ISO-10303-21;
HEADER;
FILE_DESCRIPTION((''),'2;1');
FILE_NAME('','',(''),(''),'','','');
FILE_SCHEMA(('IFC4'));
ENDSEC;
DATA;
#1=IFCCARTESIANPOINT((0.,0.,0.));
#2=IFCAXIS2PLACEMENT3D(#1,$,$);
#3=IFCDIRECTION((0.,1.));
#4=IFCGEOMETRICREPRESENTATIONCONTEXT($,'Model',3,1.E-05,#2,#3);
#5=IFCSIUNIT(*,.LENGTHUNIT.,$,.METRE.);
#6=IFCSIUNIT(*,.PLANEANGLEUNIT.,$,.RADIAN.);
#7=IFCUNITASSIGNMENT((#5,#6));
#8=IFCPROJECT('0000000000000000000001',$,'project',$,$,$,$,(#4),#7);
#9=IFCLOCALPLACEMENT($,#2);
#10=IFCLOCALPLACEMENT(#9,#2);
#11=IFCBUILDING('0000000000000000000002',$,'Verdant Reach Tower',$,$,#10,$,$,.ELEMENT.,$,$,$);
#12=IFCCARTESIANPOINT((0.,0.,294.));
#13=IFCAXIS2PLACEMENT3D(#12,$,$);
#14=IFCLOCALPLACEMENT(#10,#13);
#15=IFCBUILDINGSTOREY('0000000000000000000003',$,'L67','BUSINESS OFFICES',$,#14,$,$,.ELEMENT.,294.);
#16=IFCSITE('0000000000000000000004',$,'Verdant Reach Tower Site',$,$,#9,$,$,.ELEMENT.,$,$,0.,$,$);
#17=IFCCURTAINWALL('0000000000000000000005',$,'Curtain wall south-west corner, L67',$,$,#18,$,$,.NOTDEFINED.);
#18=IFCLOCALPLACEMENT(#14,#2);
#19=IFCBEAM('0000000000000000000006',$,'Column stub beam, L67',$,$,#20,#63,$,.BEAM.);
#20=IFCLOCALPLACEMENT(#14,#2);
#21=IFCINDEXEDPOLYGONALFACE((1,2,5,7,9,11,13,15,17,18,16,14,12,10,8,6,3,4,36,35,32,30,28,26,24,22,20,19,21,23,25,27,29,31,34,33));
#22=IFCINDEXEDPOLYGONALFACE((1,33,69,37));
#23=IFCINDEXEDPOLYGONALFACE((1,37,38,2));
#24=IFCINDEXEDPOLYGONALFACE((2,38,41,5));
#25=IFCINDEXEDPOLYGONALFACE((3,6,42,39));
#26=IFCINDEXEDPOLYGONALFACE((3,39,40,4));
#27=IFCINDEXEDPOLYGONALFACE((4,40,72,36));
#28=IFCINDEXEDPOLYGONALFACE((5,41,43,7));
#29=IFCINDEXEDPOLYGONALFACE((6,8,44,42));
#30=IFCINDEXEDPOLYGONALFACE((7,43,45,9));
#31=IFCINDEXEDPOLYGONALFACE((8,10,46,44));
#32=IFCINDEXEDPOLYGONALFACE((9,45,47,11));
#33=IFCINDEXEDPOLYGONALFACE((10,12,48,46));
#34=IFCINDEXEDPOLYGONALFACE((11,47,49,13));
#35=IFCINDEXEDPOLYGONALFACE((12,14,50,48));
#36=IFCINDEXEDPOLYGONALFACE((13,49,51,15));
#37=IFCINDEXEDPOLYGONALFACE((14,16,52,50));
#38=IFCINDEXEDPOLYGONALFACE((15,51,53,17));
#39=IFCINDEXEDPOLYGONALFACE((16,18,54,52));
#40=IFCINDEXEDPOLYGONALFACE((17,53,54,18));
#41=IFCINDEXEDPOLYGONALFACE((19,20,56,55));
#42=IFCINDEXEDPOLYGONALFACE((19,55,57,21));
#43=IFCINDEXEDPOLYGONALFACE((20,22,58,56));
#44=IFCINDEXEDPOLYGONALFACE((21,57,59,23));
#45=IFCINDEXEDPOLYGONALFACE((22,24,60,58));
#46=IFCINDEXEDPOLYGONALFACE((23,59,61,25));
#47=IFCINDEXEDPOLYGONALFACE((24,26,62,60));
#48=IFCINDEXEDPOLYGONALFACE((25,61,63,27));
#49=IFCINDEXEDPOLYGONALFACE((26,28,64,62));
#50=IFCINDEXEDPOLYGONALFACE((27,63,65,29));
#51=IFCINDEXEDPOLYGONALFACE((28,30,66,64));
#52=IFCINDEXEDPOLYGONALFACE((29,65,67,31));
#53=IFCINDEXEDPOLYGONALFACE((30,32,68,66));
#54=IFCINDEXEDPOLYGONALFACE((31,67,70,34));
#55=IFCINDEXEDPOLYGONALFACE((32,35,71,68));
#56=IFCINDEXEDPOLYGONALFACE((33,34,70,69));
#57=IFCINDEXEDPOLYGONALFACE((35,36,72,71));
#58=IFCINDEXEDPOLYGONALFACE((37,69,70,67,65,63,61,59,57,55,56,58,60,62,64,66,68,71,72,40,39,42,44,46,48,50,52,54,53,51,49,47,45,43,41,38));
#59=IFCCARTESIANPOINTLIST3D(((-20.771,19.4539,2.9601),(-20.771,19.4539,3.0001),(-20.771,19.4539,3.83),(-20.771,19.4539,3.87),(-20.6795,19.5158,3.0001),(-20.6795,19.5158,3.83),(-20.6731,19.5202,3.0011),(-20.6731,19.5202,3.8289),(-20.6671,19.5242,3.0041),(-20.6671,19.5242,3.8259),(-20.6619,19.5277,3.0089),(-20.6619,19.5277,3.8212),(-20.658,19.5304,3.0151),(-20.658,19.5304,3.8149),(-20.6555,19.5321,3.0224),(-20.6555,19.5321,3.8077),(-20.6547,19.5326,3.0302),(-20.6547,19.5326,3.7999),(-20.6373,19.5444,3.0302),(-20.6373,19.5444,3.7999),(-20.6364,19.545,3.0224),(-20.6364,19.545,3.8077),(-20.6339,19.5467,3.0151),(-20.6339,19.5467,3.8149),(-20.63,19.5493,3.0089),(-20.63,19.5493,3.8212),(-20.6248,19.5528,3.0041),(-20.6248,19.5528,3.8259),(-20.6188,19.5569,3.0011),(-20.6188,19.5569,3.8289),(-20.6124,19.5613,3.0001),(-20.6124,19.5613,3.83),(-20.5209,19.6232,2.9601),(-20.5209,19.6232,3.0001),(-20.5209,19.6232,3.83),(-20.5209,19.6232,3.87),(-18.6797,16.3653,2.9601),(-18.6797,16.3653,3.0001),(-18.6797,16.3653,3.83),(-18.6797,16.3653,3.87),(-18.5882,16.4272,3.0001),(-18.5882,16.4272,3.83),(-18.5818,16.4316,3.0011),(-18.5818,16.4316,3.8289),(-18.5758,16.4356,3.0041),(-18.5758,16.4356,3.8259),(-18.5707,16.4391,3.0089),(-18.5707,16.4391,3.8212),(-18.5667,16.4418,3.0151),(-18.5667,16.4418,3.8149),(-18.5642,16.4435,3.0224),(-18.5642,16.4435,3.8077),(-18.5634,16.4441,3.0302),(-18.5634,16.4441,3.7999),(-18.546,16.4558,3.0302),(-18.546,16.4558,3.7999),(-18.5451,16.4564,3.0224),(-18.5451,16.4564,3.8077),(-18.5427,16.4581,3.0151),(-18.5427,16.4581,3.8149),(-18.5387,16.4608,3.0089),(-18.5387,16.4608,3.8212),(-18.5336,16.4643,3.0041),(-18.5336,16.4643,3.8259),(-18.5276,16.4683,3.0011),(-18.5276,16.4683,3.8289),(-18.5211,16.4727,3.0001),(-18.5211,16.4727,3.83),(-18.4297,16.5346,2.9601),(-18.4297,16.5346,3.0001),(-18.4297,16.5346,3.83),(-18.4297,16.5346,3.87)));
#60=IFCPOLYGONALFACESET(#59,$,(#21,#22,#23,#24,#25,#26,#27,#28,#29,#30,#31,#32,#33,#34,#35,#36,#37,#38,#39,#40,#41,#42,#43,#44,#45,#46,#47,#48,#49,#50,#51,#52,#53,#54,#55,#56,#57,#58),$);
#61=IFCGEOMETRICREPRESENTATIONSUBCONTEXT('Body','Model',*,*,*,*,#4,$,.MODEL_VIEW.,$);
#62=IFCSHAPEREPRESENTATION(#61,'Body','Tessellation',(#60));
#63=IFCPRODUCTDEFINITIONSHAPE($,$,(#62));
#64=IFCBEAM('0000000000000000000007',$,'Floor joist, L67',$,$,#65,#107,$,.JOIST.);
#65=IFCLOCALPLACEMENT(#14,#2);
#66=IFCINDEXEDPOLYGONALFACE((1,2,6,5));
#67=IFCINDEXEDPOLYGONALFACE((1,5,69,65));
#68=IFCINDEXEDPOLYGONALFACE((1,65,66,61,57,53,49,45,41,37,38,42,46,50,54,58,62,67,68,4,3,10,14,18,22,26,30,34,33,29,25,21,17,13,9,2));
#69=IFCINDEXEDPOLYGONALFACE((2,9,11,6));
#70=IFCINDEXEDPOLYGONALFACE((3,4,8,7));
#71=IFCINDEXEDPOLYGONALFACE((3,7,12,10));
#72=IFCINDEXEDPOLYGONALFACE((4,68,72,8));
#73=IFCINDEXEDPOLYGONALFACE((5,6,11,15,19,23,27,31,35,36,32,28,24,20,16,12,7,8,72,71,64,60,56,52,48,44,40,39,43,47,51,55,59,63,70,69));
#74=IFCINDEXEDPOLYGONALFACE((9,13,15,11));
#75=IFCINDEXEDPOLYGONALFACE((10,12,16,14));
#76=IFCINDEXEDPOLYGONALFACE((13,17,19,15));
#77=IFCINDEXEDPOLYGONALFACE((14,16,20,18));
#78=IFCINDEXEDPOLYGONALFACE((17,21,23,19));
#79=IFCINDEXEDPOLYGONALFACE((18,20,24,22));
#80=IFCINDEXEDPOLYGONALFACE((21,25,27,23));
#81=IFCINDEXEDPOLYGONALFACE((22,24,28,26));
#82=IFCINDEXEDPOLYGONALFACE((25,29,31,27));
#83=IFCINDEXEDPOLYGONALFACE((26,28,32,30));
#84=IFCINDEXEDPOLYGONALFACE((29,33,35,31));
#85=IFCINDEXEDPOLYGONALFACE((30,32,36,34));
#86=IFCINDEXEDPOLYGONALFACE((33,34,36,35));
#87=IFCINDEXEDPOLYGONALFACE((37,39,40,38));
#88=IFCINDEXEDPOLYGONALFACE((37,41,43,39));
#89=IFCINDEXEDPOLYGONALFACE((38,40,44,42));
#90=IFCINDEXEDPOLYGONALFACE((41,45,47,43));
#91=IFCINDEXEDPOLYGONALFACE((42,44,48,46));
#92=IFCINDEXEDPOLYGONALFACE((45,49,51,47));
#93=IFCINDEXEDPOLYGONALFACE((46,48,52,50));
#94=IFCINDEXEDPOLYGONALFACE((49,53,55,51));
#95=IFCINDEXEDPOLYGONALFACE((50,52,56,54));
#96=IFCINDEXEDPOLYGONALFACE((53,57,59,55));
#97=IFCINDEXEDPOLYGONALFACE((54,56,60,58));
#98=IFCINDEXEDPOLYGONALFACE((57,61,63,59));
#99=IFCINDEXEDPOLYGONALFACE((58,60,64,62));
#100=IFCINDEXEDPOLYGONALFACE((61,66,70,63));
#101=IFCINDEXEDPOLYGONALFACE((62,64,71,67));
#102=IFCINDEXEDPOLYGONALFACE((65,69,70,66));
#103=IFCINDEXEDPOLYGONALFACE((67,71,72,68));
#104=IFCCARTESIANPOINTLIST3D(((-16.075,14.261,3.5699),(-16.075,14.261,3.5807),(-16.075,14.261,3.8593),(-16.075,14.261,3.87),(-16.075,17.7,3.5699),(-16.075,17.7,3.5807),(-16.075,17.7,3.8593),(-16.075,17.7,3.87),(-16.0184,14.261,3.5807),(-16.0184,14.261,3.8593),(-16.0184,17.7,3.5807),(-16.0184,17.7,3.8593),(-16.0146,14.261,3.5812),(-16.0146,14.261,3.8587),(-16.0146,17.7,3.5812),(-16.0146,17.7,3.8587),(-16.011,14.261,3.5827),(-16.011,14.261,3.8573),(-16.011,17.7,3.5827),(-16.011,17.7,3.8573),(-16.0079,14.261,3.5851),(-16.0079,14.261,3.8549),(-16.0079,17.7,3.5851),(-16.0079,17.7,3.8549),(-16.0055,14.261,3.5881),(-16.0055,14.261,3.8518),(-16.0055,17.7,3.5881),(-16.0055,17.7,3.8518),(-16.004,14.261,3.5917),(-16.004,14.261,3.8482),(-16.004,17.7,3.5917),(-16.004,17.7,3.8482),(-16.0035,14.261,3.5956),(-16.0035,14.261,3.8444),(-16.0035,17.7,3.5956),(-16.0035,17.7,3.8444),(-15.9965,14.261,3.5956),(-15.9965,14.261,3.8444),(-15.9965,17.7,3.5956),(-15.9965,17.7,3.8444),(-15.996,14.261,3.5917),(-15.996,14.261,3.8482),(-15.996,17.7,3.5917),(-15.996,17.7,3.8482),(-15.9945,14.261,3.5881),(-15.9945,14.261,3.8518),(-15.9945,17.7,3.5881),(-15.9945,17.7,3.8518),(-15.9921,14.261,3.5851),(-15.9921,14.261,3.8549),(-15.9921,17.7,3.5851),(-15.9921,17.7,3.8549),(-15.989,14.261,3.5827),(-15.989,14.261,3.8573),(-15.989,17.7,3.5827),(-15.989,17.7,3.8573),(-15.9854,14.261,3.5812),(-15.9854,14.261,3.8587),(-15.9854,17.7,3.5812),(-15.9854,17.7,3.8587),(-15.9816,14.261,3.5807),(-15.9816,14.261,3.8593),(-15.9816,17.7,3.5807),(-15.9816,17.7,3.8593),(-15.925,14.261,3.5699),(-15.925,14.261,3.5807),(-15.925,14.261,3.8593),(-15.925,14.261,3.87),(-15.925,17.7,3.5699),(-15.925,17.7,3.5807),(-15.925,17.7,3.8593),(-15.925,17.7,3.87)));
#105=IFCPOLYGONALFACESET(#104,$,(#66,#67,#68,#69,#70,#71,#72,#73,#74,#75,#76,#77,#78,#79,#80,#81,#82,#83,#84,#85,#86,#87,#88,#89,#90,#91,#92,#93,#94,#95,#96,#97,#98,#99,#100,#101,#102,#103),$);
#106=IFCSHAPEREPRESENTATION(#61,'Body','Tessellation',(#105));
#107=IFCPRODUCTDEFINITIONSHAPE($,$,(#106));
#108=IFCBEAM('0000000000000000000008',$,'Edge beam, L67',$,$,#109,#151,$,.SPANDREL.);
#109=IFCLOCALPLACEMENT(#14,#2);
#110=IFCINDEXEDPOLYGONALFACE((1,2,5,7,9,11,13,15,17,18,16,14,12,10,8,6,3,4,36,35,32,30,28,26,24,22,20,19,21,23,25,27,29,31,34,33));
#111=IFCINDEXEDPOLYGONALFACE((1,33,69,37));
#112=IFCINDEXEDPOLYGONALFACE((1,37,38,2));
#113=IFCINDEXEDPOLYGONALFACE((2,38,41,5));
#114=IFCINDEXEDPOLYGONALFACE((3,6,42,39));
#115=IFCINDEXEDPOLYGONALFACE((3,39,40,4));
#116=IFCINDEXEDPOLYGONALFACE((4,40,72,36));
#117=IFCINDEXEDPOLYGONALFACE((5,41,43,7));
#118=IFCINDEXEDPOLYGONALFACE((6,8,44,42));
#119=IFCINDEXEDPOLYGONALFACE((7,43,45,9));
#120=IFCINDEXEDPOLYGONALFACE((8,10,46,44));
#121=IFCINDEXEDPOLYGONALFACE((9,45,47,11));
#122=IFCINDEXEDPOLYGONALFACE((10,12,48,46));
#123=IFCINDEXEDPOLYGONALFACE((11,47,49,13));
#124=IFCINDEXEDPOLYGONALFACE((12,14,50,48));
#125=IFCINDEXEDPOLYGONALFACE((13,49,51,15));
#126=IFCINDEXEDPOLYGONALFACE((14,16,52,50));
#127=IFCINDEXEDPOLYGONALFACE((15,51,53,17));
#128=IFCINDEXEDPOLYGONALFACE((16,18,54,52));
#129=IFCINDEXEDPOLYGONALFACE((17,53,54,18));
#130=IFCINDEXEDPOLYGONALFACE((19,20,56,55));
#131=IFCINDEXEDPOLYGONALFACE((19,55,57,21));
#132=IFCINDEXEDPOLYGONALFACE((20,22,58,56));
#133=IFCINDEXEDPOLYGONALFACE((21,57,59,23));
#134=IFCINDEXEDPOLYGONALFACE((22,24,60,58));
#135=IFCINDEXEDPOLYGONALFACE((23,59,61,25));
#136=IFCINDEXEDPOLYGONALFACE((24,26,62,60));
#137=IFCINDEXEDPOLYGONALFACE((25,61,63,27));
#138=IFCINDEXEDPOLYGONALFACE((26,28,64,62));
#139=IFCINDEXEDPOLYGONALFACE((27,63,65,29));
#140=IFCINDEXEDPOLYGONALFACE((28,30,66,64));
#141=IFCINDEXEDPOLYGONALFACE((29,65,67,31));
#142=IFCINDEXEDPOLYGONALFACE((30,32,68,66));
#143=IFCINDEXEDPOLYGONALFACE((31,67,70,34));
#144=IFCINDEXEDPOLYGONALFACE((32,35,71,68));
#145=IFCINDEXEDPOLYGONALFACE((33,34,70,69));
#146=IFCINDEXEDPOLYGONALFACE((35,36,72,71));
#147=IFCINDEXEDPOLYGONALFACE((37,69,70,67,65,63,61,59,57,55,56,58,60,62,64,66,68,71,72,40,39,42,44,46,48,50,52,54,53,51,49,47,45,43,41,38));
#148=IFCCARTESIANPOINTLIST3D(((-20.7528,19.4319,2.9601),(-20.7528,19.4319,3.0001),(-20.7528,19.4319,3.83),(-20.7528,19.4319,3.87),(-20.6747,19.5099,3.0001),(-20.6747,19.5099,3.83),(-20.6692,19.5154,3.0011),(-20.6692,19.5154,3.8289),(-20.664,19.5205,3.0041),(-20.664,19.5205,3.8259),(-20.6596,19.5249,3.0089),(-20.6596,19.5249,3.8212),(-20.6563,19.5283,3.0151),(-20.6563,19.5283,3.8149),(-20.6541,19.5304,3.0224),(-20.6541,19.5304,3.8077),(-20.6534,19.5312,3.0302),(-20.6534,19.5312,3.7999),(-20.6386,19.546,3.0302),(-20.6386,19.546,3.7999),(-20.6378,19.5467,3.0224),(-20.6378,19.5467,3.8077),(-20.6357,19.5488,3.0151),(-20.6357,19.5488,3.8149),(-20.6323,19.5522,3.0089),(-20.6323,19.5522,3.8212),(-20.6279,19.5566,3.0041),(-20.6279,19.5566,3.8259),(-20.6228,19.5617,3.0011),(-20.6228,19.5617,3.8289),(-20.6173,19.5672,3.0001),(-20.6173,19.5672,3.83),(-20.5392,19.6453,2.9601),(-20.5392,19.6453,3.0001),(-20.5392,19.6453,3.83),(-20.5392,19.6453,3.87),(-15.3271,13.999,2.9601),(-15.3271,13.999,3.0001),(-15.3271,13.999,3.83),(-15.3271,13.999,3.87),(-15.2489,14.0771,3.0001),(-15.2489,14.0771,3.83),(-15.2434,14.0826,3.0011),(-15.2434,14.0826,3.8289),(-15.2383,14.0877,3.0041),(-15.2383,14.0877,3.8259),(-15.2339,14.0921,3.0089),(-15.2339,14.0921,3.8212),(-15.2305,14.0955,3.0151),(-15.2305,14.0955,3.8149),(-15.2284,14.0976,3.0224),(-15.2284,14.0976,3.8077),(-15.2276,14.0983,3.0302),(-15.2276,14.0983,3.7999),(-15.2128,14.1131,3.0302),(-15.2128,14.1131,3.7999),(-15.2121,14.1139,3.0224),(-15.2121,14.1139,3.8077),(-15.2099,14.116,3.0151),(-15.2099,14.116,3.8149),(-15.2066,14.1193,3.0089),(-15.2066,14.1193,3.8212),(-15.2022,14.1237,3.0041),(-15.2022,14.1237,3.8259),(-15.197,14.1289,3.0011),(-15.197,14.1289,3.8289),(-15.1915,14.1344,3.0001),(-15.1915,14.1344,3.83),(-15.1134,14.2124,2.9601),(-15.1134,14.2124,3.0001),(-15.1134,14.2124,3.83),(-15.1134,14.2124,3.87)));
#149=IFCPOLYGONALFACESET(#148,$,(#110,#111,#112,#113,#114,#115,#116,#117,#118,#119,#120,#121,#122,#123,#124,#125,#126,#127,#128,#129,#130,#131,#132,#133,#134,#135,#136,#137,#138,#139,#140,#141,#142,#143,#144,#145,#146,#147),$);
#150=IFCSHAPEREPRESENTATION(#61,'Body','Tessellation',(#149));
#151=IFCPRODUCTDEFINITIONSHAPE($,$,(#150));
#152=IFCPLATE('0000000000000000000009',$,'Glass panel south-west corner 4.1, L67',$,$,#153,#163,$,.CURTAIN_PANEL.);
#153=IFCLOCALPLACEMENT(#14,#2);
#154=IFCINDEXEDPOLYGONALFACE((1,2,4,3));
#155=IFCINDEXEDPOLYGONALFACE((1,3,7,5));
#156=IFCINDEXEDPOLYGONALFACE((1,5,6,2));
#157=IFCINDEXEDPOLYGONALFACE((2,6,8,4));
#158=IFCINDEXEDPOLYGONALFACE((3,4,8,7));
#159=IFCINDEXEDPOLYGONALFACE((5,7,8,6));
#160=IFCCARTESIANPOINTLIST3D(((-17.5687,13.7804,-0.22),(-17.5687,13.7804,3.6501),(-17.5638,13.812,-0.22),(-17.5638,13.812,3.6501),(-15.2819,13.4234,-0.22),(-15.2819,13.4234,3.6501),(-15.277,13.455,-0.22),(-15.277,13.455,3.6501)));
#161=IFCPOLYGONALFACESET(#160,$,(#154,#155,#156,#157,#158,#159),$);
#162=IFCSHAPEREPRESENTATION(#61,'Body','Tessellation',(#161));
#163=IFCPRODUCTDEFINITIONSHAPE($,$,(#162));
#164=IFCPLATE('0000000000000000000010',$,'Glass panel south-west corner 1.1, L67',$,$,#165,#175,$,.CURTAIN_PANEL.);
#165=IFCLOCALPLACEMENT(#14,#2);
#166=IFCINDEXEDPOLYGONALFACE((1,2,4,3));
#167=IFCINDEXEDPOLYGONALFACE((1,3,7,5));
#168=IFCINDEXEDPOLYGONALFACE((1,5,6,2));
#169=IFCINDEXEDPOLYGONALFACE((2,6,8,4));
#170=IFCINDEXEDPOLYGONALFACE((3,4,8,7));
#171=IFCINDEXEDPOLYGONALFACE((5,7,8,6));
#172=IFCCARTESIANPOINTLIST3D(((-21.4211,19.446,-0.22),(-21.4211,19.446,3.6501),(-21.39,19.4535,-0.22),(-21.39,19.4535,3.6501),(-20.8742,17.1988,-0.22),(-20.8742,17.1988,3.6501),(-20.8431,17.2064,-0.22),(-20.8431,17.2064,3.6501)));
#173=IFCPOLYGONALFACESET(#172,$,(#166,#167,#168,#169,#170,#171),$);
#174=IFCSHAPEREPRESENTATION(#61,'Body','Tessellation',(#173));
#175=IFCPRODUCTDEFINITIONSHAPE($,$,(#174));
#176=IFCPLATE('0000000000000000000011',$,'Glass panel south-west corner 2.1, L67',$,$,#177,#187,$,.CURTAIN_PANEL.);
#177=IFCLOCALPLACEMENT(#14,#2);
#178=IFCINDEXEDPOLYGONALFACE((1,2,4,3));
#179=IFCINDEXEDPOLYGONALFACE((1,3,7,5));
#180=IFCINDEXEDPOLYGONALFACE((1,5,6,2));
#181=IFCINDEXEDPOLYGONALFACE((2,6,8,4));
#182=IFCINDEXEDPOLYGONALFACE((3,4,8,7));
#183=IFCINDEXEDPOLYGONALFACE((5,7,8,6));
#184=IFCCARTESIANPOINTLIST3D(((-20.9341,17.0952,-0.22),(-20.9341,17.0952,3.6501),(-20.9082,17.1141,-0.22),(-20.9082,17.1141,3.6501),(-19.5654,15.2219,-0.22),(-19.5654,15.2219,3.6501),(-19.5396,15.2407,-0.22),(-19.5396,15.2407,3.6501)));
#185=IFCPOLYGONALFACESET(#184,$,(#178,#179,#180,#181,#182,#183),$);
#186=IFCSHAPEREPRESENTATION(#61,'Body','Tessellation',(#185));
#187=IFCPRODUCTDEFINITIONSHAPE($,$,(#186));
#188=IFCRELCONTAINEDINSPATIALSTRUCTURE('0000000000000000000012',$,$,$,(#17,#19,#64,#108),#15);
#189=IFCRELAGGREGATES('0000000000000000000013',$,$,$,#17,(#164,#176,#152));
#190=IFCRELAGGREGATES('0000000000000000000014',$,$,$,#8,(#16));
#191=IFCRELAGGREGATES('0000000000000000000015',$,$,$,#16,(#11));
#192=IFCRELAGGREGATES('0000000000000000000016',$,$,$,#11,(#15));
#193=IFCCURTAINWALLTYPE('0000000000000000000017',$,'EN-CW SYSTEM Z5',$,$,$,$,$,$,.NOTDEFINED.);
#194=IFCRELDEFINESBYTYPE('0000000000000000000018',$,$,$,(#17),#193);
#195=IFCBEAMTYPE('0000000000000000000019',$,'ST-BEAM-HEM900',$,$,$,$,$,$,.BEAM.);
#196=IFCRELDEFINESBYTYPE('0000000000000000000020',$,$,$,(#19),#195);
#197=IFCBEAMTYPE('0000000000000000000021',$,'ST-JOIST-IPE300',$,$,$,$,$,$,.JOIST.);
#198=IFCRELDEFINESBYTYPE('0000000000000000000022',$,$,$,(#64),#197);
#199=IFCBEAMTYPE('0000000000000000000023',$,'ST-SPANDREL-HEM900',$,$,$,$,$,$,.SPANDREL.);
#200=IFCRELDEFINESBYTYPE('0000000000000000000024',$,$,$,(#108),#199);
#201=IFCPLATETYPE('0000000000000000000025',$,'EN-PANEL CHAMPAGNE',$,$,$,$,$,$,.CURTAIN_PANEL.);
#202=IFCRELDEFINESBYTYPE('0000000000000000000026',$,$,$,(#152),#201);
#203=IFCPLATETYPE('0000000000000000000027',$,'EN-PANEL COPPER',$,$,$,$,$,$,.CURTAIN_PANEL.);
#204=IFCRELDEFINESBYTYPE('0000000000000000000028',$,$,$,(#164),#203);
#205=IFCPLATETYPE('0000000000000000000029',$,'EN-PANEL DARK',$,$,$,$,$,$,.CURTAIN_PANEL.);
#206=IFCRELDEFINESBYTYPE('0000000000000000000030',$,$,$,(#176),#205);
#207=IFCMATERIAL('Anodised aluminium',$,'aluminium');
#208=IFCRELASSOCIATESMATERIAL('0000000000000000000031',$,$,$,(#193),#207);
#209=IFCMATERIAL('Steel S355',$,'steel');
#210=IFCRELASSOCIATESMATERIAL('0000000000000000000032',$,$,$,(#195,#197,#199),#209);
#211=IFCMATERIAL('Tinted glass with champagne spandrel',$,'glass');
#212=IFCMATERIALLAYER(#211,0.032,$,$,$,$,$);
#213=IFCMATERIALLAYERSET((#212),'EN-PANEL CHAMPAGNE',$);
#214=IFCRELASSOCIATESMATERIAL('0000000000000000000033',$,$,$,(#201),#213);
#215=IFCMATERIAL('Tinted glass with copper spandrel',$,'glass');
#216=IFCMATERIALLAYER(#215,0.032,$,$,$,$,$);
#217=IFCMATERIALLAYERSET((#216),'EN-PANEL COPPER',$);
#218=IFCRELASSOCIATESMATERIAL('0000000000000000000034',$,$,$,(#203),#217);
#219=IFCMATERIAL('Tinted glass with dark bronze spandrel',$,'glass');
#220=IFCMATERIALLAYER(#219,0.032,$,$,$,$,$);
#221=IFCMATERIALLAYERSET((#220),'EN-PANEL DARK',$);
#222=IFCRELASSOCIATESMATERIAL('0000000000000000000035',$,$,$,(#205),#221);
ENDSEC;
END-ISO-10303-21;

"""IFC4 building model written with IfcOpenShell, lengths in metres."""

from ifc_helpers import new_model, si_unit, direction, frame, origin, origin_2d, place, context, subcontext, project, spatial, rectangle, i_section, extrude, material, layer, layer_set, material_profile, profile_set, type_object, element, aggregate, save


model = new_model("IFC4")

# Units and contexts
model_context = context("Model", 3, precision=1e-05, world=origin(), true_north=direction((0.0, 1.0)))
body_context = subcontext(model_context, "Body", "Model", "MODEL_VIEW")
ifc_project = project(units=[si_unit("LENGTHUNIT", "METRE"), si_unit("PLANEANGLEUNIT", "RADIAN")], contexts=[model_context])

# Site, building, storey
site_placement = place(None, origin())
site = spatial("IfcSite", under=ifc_project, at=site_placement, Name="Verdant Reach Tower Site", CompositionType="ELEMENT", RefElevation=0.0)
building_placement = place(site_placement, origin())
building = spatial("IfcBuilding", under=site, at=building_placement, Name="Verdant Reach Tower", CompositionType="ELEMENT")
storey_placement = place(building_placement, frame((0.0, 0.0, 294.0)))
storey = spatial("IfcBuildingStorey", under=building, at=storey_placement, Name="L67", Description="BUSINESS OFFICES", CompositionType="ELEMENT", Elevation=294.0)

# Curtain wall
ifc_material_1 = material(Name="Anodised aluminium", Category="aluminium")
curtain_wall_type = type_object("IfcCurtainWallType", Name="EN-CW SYSTEM Z5", PredefinedType="NOTDEFINED", material=ifc_material_1)
curtain_wall_1_placement = place(storey_placement, origin())
curtain_wall_1 = element("IfcCurtainWall", 1, at=curtain_wall_1_placement, inside=storey, type_object=curtain_wall_type, Name="Curtain wall south-west corner, L67", PredefinedType="NOTDEFINED")

# Beams
ifc_material_2 = material(Name="Steel S355", Category="steel")
ifc_material_profile_1 = material_profile(ifc_material_2, i_section(OverallWidth=0.302, OverallDepth=0.9099, WebThickness=0.021, FlangeThickness=0.04, FilletRadius=0.03, at=origin_2d()), Name="HEM 900")
ifc_profile_set_1 = profile_set([ifc_material_profile_1], Name="Steel S355")
beam_type_1 = type_object("IfcBeamType", Name="ST-BEAM-HEM900", PredefinedType="BEAM", material=ifc_profile_set_1)
beam_1_placement = place(storey_placement, frame((-18.5547, 16.45, 3.415), z_axis=(-0.560667, 0.828041, 0.0), x_axis=(-0.828041, -0.560667, 0.0)))
element("IfcBeam", 2, at=beam_1_placement, inside=storey, type_object=beam_type_1, Name="Column stub beam, L67", PredefinedType="BEAM", context=body_context, shape_type="SweptSolid", body=[
    extrude(i_section(OverallWidth=0.302, OverallDepth=0.9099, WebThickness=0.021, FlangeThickness=0.04, FilletRadius=0.03, at=origin_2d()), origin(), (0.0, 0.0, 1.0), 3.73),
])
ifc_material_profile_2 = material_profile(ifc_material_2, i_section(OverallWidth=0.1499, OverallDepth=0.3, WebThickness=0.0071, FlangeThickness=0.0107, FilletRadius=0.0149, at=origin_2d()), Name="IPE 300")
ifc_profile_set_2 = profile_set([ifc_material_profile_2], Name="Steel S355")
beam_type_2 = type_object("IfcBeamType", Name="ST-JOIST-IPE300", PredefinedType="JOIST", material=ifc_profile_set_2)
beam_2_placement = place(storey_placement, frame((-16.0, 17.7, 3.72), z_axis=(0.0, -1.0, 0.0), x_axis=(1.0, 0.0, 0.0)))
element("IfcBeam", 3, at=beam_2_placement, inside=storey, type_object=beam_type_2, Name="Floor joist, L67", PredefinedType="JOIST", context=body_context, shape_type="SweptSolid", body=[
    extrude(i_section(OverallWidth=0.1499, OverallDepth=0.3, WebThickness=0.0071, FlangeThickness=0.0107, FilletRadius=0.0149, at=origin_2d()), origin(), (0.0, 0.0, 1.0), 3.439),
])
ifc_material_profile_3 = material_profile(ifc_material_2, i_section(OverallWidth=0.302, OverallDepth=0.9099, WebThickness=0.021, FlangeThickness=0.04, FilletRadius=0.03, at=origin_2d()), Name="HEM 900")
ifc_profile_set_3 = profile_set([ifc_material_profile_3], Name="Steel S355")
beam_type_3 = type_object("IfcBeamType", Name="ST-SPANDREL-HEM900", PredefinedType="SPANDREL", material=ifc_profile_set_3)
beam_3_placement = place(storey_placement, frame((-15.2202, 14.1057, 3.415), z_axis=(-0.706646, 0.707568, 0.0), x_axis=(-0.707568, -0.706646, 0.0)))
element("IfcBeam", 4, at=beam_3_placement, inside=storey, type_object=beam_type_3, Name="Edge beam, L67", PredefinedType="SPANDREL", context=body_context, shape_type="SweptSolid", body=[
    extrude(i_section(OverallWidth=0.302, OverallDepth=0.9099, WebThickness=0.021, FlangeThickness=0.04, FilletRadius=0.03, at=origin_2d()), origin(), (0.0, 0.0, 1.0), 7.6782),
])

# Plates
ifc_material_3 = material(Name="Tinted glass with champagne spandrel", Category="glass")
ifc_layer_1 = layer(ifc_material_3, 0.032)
ifc_layer_set_1 = layer_set([ifc_layer_1], Name="EN-PANEL CHAMPAGNE")
plate_type_1 = type_object("IfcPlateType", Name="EN-PANEL CHAMPAGNE", PredefinedType="CURTAIN_PANEL", material=ifc_layer_set_1)
plate_1_placement = place(storey_placement, frame((-16.4229, 13.6177, -0.22), z_axis=(0.0, 0.0, 1.0), x_axis=(0.988033, -0.15424, 0.0)))
plate_1 = element("IfcPlate", 5, at=plate_1_placement, type_object=plate_type_1, Name="Glass panel south-west corner 4.1, L67", PredefinedType="CURTAIN_PANEL", context=body_context, shape_type="SweptSolid", body=[
    extrude(rectangle(XDim=2.3145, YDim=0.032, at=origin_2d()), origin(), (0.0, 0.0, 1.0), 3.8701),
])
ifc_material_4 = material(Name="Tinted glass with copper spandrel", Category="glass")
ifc_layer_2 = layer(ifc_material_4, 0.032)
ifc_layer_set_2 = layer_set([ifc_layer_2], Name="EN-PANEL COPPER")
plate_type_2 = type_object("IfcPlateType", Name="EN-PANEL COPPER", PredefinedType="CURTAIN_PANEL", material=ifc_layer_set_2)
plate_2_placement = place(storey_placement, frame((-21.1321, 18.3262, -0.22), z_axis=(0.0, 0.0, 1.0), x_axis=(0.236471, -0.971638, 0.0)))
plate_2 = element("IfcPlate", 6, at=plate_2_placement, type_object=plate_type_2, Name="Glass panel south-west corner 1.1, L67", PredefinedType="CURTAIN_PANEL", context=body_context, shape_type="SweptSolid", body=[
    extrude(rectangle(XDim=2.3127, YDim=0.032, at=origin_2d()), origin(), (0.0, 0.0, 1.0), 3.8701),
])
ifc_material_5 = material(Name="Tinted glass with dark bronze spandrel", Category="glass")
ifc_layer_3 = layer(ifc_material_5, 0.032)
ifc_layer_set_3 = layer_set([ifc_layer_3], Name="EN-PANEL DARK")
plate_type_3 = type_object("IfcPlateType", Name="EN-PANEL DARK", PredefinedType="CURTAIN_PANEL", material=ifc_layer_set_3)
plate_3_placement = place(storey_placement, frame((-20.2368, 16.168, -0.22), z_axis=(0.0, 0.0, 1.0), x_axis=(0.589927, -0.807457, 0.0)))
plate_3 = element("IfcPlate", 7, at=plate_3_placement, type_object=plate_type_3, Name="Glass panel south-west corner 2.1, L67", PredefinedType="CURTAIN_PANEL", context=body_context, shape_type="SweptSolid", body=[
    extrude(rectangle(XDim=2.3201, YDim=0.032, at=origin_2d()), origin(), (0.0, 0.0, 1.0), 3.8701),
])
aggregate(curtain_wall_1, [plate_2, plate_3, plate_1])

save(model, "model.ifc")
